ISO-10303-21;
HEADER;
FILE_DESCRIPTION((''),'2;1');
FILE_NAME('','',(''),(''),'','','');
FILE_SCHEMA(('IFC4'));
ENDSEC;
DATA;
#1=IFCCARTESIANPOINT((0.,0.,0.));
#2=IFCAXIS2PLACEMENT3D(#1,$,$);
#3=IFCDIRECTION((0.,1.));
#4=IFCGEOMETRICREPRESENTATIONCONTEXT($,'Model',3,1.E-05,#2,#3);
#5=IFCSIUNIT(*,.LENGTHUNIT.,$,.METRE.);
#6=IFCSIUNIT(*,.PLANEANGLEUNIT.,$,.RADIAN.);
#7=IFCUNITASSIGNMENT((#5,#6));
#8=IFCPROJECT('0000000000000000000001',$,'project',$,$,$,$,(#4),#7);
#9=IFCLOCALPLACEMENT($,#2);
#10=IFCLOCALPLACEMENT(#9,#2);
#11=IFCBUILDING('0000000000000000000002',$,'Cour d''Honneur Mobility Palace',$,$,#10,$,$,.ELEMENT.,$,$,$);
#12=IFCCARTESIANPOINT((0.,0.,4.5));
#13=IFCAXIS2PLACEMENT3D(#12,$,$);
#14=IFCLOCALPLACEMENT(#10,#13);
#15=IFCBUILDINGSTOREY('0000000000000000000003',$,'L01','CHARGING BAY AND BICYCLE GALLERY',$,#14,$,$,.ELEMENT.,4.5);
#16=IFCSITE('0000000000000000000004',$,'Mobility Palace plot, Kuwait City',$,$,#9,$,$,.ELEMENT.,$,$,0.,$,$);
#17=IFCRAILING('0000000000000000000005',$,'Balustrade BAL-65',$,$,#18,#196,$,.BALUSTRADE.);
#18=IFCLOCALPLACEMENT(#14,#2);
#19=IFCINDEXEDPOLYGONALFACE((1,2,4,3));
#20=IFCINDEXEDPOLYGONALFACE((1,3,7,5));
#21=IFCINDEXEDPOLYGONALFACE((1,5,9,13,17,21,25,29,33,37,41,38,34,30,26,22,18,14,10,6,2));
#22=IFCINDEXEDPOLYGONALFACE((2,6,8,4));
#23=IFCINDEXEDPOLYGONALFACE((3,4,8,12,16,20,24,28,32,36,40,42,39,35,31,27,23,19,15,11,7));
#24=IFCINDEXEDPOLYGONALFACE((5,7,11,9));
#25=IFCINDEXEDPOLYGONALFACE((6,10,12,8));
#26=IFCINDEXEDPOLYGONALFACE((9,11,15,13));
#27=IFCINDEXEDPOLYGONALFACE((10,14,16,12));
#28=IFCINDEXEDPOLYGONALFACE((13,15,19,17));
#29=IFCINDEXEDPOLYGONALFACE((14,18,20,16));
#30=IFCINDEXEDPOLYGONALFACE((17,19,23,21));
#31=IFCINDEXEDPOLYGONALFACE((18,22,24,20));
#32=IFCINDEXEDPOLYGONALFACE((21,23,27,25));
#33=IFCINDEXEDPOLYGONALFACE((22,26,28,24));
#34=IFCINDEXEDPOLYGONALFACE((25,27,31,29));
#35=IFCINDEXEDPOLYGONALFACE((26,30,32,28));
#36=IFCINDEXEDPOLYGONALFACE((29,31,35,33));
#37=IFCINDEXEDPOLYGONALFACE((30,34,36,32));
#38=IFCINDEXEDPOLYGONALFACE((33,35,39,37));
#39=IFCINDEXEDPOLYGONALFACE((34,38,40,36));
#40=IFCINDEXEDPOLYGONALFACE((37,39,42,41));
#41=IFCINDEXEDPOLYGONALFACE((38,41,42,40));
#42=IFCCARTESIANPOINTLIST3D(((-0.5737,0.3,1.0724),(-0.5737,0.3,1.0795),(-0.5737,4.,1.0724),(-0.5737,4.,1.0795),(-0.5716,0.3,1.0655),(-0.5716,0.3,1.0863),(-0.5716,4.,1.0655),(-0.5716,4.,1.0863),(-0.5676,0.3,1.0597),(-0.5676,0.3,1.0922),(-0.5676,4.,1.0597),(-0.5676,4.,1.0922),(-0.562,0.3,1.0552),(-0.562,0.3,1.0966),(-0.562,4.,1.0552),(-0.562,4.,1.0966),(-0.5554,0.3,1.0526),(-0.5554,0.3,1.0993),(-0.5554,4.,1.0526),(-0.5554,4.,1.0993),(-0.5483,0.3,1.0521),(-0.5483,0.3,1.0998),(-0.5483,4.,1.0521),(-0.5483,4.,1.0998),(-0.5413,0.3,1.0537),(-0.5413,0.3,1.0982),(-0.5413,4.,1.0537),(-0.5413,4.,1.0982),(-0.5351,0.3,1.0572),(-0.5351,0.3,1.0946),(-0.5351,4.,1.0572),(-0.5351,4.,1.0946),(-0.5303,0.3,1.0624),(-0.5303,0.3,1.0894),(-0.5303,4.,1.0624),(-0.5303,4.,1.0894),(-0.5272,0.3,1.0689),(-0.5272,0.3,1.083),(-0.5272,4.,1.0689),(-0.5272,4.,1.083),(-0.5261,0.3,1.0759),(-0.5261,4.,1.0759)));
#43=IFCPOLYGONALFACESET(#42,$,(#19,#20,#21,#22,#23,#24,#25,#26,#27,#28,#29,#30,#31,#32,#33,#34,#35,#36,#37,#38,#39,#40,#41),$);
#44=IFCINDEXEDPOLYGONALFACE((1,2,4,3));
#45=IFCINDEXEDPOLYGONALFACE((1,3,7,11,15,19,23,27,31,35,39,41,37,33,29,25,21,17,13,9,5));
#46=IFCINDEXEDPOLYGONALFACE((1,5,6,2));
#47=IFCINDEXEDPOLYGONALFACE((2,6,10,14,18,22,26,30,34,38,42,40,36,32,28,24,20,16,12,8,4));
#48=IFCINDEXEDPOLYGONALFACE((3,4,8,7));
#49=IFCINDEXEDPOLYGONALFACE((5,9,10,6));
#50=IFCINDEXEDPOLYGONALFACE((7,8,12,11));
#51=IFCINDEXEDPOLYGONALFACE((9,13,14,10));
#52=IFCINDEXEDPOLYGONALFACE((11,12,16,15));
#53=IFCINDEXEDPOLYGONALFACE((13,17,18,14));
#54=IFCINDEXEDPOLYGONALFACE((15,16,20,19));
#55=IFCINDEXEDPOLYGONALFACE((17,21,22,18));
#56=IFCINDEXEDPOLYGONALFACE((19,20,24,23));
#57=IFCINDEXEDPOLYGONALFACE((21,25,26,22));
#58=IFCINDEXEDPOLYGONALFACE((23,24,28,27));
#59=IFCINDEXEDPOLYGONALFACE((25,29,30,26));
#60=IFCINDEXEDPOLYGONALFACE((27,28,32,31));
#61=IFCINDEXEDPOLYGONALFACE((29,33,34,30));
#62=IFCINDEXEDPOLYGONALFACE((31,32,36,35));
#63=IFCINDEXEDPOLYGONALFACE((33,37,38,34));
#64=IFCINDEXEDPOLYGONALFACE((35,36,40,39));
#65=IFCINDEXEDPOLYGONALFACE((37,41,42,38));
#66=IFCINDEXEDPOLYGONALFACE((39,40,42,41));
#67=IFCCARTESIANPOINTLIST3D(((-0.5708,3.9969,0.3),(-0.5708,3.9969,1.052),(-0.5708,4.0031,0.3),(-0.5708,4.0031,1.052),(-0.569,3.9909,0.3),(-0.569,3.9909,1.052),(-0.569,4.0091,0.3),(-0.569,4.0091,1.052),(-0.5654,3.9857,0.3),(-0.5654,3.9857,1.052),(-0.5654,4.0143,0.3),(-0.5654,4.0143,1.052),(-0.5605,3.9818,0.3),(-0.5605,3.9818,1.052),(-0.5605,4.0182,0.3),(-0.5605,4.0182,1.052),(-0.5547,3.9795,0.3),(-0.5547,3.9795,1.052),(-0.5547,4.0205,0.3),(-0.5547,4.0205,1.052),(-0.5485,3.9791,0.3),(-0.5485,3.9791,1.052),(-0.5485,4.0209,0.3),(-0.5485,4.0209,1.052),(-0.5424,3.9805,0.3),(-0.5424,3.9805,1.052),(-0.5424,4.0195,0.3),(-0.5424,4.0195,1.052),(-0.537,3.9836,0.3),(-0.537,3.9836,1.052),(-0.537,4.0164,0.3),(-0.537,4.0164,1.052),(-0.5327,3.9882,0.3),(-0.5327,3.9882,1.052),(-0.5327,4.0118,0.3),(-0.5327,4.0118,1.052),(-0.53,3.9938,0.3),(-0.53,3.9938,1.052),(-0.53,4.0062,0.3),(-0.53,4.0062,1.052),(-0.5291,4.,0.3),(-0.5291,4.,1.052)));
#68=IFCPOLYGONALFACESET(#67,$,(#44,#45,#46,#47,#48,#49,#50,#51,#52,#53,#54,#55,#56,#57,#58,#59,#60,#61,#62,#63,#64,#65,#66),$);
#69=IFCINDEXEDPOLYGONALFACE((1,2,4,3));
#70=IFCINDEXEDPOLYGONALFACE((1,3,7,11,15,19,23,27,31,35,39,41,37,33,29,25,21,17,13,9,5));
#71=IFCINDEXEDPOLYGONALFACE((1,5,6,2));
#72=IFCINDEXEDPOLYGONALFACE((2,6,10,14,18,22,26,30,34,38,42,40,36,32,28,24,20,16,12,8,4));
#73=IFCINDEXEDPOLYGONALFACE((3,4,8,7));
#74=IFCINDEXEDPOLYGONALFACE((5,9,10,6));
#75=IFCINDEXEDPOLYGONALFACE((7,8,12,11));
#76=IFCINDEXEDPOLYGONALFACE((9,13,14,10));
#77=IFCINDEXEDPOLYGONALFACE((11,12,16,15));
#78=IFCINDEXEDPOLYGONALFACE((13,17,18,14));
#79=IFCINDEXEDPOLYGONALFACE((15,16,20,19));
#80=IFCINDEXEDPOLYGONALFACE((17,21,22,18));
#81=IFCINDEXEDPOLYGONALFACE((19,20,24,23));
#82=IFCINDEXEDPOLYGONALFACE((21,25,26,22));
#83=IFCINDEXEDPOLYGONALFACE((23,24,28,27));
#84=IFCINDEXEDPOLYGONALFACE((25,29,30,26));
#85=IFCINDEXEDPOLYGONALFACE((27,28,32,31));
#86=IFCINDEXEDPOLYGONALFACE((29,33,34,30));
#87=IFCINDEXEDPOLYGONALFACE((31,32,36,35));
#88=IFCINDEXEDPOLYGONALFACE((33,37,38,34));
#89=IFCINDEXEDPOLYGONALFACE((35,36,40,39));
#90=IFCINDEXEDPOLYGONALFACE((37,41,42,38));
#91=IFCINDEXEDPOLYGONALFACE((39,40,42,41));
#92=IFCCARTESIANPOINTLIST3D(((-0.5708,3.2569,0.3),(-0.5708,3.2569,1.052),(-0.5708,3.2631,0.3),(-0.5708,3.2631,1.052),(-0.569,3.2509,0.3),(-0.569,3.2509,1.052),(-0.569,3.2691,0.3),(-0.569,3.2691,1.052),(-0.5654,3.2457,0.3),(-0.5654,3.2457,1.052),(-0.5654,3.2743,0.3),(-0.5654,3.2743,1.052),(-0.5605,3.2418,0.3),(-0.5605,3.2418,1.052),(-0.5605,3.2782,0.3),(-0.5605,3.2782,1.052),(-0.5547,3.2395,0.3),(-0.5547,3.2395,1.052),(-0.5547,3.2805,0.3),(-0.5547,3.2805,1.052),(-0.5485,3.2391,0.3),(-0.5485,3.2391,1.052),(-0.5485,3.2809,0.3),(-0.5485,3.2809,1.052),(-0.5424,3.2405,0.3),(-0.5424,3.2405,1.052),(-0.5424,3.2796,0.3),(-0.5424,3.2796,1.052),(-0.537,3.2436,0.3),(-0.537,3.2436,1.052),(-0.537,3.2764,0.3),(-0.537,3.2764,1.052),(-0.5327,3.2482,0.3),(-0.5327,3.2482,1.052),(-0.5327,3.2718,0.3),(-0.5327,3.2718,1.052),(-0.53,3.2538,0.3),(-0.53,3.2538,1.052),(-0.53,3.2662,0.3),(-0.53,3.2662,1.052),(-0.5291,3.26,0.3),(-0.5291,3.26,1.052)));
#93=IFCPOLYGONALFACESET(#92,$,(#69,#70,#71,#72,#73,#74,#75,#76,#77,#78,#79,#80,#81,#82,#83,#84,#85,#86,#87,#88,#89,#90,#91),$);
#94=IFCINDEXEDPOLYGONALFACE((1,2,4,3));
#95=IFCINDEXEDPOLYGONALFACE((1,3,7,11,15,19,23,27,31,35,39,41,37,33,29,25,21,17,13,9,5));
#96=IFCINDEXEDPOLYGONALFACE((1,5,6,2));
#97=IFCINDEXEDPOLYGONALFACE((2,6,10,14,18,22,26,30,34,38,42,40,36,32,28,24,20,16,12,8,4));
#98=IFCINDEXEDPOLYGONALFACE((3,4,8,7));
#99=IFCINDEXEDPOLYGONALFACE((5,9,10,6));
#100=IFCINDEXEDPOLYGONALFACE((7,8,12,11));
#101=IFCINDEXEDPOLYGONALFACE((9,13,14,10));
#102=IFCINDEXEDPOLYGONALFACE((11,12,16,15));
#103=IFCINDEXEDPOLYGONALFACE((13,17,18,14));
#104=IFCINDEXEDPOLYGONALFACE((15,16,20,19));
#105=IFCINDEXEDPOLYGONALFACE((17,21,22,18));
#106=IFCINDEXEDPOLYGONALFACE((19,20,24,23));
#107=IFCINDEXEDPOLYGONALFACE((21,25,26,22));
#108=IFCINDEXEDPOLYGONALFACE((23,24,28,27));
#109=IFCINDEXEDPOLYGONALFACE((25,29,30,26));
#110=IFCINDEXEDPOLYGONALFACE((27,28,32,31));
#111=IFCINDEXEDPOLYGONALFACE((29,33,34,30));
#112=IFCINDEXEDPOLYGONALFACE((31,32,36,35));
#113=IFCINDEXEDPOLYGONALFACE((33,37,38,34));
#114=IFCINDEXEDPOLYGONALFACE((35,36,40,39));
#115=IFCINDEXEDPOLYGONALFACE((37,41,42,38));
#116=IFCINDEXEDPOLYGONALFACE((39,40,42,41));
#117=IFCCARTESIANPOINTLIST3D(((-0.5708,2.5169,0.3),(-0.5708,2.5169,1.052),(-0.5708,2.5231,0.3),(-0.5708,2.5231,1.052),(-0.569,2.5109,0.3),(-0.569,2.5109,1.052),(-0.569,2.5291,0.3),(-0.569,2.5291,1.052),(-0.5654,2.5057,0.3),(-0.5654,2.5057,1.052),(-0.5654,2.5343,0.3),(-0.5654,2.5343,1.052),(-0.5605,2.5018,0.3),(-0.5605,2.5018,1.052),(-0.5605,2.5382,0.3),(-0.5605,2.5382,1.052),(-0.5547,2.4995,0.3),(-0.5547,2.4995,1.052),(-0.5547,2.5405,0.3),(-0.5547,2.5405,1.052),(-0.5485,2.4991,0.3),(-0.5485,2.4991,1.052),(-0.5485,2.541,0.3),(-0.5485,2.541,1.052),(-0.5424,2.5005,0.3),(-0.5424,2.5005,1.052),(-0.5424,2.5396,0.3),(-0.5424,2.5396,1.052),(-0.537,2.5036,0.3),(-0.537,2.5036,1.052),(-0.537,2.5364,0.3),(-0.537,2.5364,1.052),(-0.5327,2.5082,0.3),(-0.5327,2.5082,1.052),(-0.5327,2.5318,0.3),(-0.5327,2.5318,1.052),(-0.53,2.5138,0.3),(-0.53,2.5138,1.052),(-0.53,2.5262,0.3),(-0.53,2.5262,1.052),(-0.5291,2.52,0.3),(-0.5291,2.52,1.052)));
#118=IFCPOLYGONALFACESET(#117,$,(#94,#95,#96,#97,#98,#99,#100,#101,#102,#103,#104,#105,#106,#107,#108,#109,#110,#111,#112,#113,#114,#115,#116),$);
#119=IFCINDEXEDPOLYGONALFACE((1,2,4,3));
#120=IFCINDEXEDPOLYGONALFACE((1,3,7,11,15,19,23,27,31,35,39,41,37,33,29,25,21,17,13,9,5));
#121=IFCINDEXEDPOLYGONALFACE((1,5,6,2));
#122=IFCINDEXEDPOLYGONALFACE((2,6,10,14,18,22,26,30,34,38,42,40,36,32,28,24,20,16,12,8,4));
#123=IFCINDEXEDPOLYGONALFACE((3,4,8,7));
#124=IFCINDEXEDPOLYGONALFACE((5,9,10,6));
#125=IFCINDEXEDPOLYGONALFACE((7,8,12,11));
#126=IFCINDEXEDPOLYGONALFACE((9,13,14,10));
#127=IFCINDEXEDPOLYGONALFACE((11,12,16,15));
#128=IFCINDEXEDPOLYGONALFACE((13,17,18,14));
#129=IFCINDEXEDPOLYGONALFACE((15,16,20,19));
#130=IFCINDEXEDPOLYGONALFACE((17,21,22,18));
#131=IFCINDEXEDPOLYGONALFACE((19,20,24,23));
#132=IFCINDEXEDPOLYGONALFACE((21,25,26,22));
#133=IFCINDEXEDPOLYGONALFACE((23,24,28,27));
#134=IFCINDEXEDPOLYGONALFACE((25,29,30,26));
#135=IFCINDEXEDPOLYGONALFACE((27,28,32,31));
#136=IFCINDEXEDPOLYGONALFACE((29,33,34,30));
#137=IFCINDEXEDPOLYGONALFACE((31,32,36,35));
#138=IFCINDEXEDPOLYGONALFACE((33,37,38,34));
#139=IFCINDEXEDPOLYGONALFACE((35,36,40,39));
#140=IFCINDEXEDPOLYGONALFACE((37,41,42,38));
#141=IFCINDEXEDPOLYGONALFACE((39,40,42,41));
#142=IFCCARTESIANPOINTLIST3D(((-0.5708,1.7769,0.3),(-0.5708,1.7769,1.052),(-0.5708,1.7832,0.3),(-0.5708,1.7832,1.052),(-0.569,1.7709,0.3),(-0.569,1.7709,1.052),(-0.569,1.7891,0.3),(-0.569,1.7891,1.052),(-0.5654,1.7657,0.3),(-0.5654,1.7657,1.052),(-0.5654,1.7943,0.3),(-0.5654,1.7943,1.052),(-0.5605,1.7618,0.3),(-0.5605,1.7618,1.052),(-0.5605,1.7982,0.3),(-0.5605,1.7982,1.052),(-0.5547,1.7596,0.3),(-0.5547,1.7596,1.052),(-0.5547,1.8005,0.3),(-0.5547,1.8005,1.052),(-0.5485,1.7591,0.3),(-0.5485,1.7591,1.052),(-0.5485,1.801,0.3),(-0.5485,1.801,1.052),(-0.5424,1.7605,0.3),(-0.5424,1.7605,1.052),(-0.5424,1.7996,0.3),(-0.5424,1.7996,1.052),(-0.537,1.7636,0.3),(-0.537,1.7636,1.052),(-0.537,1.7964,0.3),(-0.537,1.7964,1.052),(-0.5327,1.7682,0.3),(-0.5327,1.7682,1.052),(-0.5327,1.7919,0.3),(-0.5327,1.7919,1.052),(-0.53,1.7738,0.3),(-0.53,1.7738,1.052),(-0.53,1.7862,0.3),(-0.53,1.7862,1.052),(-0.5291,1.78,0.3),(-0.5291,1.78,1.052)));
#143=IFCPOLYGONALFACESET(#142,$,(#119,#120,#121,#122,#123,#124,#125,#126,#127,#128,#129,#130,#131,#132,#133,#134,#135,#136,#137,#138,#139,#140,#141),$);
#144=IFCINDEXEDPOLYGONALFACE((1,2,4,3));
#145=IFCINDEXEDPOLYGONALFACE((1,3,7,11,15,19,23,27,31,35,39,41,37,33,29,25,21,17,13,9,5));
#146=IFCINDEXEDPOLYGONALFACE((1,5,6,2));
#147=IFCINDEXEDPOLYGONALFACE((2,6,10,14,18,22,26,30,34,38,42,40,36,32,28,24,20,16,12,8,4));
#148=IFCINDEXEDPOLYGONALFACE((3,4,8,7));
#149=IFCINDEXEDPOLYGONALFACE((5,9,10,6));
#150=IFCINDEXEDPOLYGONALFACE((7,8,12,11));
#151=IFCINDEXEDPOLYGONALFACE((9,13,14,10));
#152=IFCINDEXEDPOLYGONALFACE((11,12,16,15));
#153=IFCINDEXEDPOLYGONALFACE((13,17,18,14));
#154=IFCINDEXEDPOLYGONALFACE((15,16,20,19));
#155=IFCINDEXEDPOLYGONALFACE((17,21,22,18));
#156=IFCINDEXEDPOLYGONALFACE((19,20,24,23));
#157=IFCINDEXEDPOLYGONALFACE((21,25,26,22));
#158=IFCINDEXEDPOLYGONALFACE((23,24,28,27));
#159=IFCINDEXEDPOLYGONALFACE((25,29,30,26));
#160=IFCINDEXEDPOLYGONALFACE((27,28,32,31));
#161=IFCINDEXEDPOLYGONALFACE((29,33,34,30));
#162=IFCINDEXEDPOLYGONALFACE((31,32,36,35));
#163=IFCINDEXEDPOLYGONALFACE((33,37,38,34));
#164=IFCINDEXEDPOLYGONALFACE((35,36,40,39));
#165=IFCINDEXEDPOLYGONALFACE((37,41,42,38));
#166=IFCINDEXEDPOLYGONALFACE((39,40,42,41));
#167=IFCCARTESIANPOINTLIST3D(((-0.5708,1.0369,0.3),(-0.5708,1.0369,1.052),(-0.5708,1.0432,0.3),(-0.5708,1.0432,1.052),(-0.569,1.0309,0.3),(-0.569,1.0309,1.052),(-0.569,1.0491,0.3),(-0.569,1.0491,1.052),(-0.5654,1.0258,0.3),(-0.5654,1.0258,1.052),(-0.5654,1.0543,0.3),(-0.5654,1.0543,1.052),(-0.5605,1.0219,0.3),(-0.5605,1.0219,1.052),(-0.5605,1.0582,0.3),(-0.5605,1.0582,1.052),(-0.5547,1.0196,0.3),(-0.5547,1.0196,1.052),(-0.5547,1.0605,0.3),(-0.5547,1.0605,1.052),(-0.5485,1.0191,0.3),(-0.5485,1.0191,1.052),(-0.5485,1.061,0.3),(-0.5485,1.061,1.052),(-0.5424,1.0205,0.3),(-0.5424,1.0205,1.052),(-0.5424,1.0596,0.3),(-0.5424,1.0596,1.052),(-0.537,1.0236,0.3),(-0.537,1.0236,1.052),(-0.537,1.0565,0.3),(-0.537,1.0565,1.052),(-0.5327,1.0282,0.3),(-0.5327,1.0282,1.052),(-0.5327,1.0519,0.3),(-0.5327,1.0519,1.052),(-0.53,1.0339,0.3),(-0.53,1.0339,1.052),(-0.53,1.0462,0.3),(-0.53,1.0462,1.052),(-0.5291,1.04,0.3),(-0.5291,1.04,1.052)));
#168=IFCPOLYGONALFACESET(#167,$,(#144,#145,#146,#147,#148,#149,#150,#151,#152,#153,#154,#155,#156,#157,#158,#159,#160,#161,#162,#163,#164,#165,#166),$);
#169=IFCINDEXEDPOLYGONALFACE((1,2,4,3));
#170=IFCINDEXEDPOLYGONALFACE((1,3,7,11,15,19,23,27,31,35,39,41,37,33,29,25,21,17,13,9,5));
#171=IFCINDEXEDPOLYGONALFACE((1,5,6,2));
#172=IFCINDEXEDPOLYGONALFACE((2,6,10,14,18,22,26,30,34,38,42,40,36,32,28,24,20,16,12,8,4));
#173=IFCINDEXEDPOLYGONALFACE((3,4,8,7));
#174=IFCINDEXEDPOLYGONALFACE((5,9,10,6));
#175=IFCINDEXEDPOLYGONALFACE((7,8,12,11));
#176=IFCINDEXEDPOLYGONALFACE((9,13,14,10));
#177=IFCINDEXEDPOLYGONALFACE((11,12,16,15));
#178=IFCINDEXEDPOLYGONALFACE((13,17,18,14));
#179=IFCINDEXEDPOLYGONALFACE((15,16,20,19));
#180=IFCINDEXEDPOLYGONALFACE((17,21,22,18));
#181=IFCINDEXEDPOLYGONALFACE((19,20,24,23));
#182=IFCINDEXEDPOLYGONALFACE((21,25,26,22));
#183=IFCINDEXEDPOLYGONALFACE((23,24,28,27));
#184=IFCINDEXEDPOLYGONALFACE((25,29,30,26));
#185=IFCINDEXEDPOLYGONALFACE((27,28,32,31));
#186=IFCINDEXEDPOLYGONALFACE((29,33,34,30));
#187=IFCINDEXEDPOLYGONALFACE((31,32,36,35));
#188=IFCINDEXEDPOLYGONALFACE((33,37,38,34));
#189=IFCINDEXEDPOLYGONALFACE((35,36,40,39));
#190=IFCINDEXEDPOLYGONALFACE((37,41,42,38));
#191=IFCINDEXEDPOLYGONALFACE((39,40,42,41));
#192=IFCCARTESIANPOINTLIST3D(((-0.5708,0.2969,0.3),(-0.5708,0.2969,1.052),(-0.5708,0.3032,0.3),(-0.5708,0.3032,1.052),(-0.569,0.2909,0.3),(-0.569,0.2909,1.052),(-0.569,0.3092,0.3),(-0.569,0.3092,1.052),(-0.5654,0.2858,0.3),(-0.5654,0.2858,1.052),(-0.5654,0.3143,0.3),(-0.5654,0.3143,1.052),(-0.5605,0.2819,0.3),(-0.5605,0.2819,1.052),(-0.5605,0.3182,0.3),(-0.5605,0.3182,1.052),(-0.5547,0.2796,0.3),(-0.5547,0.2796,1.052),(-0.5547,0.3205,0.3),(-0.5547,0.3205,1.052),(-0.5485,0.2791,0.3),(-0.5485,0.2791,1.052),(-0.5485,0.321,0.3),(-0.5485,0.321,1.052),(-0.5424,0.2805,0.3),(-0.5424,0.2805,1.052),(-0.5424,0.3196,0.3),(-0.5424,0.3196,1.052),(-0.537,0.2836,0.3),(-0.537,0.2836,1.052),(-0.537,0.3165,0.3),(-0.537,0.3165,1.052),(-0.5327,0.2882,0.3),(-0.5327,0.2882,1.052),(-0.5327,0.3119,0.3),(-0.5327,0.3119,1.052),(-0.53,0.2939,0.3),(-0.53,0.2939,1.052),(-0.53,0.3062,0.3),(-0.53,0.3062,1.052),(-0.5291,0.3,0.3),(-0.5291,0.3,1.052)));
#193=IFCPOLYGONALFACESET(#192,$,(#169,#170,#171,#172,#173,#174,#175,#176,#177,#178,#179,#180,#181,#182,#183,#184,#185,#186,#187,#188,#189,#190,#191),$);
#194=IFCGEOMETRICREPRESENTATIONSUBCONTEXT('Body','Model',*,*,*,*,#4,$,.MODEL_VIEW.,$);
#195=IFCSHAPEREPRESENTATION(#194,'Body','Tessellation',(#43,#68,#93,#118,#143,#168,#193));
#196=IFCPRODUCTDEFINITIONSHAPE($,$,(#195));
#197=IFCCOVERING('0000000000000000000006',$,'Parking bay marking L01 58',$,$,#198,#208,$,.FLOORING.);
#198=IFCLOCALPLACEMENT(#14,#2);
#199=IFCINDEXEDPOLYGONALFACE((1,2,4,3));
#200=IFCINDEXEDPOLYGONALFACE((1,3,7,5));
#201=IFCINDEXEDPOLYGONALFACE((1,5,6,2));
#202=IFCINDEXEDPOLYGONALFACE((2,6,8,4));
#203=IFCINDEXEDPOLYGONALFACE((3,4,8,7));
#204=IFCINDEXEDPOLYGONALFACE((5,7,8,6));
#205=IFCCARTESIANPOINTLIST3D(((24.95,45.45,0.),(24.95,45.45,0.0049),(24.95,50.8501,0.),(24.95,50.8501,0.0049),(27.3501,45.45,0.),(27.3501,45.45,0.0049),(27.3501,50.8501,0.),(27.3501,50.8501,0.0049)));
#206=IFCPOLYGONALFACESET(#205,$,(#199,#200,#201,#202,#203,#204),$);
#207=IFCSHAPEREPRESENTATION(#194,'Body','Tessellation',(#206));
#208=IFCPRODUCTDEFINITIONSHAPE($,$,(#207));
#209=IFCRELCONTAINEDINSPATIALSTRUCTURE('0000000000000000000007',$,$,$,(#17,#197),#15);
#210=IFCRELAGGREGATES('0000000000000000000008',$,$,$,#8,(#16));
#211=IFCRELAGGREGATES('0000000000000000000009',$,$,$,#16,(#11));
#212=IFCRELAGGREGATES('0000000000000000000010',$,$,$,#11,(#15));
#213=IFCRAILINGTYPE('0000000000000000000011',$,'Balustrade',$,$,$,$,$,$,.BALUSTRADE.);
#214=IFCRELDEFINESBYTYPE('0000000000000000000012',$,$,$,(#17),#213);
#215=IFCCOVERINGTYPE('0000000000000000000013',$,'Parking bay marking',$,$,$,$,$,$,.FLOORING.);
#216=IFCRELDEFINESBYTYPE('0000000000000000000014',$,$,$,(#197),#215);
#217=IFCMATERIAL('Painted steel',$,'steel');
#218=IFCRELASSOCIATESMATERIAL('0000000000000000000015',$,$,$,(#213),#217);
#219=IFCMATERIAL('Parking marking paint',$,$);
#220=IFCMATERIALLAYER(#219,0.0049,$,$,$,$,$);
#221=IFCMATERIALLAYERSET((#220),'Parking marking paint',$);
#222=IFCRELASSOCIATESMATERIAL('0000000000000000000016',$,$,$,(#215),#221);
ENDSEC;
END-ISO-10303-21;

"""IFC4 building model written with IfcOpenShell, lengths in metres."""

from ifc_helpers import new_model, si_unit, direction, frame, origin, origin_2d, place, context, subcontext, project, spatial, polyline, circle, outline, extrude, material, layer, layer_set, type_object, element, save


model = new_model("IFC4")

# Units and contexts
model_context = context("Model", 3, precision=1e-05, world=origin(), true_north=direction((0.0, 1.0)))
body_context = subcontext(model_context, "Body", "Model", "MODEL_VIEW")
ifc_project = project(units=[si_unit("LENGTHUNIT", "METRE"), si_unit("PLANEANGLEUNIT", "RADIAN")], contexts=[model_context])

# Site, building, storey
site_placement = place(None, origin())
site = spatial("IfcSite", under=ifc_project, at=site_placement, Name="Mobility Palace plot, Kuwait City", CompositionType="ELEMENT", RefElevation=0.0)
building_placement = place(site_placement, origin())
building = spatial("IfcBuilding", under=site, at=building_placement, Name="Cour d'Honneur Mobility Palace", CompositionType="ELEMENT")
storey_placement = place(building_placement, frame((0.0, 0.0, 4.5)))
storey = spatial("IfcBuildingStorey", under=building, at=storey_placement, Name="L01", Description="CHARGING BAY AND BICYCLE GALLERY", CompositionType="ELEMENT", Elevation=4.5)

# Railing
ifc_material_1 = material(Name="Painted steel", Category="steel")
railing_type = type_object("IfcRailingType", Name="Balustrade", PredefinedType="BALUSTRADE", material=ifc_material_1)
railing_placement = place(storey_placement, frame((-0.55, 4.0, 0.3)))
element("IfcRailing", 1, at=railing_placement, inside=storey, type_object=railing_type, Name="Balustrade BAL-65", PredefinedType="BALUSTRADE", context=body_context, shape_type="SweptSolid", body=[
    extrude(circle(Radius=0.0239, at=origin_2d()), frame((0.0, 0.0, 0.7759), z_axis=(0.0, -1.0, 0.0), x_axis=(1.0, 0.0, 0.0)), (0.0, 0.0, 1.0), 3.7),
    extrude(circle(Radius=0.021, at=origin_2d()), origin(), (0.0, 0.0, 1.0), 0.752),
    extrude(circle(Radius=0.021, at=origin_2d()), frame((0.0, -0.74, 0.0)), (0.0, 0.0, 1.0), 0.752),
    extrude(circle(Radius=0.021, at=origin_2d()), frame((0.0, -1.48, 0.0)), (0.0, 0.0, 1.0), 0.752),
    extrude(circle(Radius=0.021, at=origin_2d()), frame((0.0, -2.22, 0.0)), (0.0, 0.0, 1.0), 0.752),
    extrude(circle(Radius=0.021, at=origin_2d()), frame((0.0, -2.96, 0.0)), (0.0, 0.0, 1.0), 0.752),
    extrude(circle(Radius=0.021, at=origin_2d()), frame((0.0, -3.7, 0.0)), (0.0, 0.0, 1.0), 0.752),
])

# Covering
ifc_material_2 = material(Name="Parking marking paint")
ifc_layer = layer(ifc_material_2, 0.0049)
ifc_layer_set = layer_set([ifc_layer], Name="Parking marking paint")
covering_type = type_object("IfcCoveringType", Name="Parking bay marking", PredefinedType="FLOORING", material=ifc_layer_set)
covering_1_placement = place(storey_placement, origin())
element("IfcCovering", 2, at=covering_1_placement, inside=storey, type_object=covering_type, Name="Parking bay marking L01 58", PredefinedType="FLOORING", context=body_context, shape_type="SweptSolid", body=[
    extrude(outline(polyline([(27.3501, 45.45), (24.95, 45.45), (24.95, 50.8501), (27.3501, 50.8501), (27.3501, 45.45)])), origin(), (0.0, 0.0, 1.0), 0.0049),
])

save(model, "model.ifc")
